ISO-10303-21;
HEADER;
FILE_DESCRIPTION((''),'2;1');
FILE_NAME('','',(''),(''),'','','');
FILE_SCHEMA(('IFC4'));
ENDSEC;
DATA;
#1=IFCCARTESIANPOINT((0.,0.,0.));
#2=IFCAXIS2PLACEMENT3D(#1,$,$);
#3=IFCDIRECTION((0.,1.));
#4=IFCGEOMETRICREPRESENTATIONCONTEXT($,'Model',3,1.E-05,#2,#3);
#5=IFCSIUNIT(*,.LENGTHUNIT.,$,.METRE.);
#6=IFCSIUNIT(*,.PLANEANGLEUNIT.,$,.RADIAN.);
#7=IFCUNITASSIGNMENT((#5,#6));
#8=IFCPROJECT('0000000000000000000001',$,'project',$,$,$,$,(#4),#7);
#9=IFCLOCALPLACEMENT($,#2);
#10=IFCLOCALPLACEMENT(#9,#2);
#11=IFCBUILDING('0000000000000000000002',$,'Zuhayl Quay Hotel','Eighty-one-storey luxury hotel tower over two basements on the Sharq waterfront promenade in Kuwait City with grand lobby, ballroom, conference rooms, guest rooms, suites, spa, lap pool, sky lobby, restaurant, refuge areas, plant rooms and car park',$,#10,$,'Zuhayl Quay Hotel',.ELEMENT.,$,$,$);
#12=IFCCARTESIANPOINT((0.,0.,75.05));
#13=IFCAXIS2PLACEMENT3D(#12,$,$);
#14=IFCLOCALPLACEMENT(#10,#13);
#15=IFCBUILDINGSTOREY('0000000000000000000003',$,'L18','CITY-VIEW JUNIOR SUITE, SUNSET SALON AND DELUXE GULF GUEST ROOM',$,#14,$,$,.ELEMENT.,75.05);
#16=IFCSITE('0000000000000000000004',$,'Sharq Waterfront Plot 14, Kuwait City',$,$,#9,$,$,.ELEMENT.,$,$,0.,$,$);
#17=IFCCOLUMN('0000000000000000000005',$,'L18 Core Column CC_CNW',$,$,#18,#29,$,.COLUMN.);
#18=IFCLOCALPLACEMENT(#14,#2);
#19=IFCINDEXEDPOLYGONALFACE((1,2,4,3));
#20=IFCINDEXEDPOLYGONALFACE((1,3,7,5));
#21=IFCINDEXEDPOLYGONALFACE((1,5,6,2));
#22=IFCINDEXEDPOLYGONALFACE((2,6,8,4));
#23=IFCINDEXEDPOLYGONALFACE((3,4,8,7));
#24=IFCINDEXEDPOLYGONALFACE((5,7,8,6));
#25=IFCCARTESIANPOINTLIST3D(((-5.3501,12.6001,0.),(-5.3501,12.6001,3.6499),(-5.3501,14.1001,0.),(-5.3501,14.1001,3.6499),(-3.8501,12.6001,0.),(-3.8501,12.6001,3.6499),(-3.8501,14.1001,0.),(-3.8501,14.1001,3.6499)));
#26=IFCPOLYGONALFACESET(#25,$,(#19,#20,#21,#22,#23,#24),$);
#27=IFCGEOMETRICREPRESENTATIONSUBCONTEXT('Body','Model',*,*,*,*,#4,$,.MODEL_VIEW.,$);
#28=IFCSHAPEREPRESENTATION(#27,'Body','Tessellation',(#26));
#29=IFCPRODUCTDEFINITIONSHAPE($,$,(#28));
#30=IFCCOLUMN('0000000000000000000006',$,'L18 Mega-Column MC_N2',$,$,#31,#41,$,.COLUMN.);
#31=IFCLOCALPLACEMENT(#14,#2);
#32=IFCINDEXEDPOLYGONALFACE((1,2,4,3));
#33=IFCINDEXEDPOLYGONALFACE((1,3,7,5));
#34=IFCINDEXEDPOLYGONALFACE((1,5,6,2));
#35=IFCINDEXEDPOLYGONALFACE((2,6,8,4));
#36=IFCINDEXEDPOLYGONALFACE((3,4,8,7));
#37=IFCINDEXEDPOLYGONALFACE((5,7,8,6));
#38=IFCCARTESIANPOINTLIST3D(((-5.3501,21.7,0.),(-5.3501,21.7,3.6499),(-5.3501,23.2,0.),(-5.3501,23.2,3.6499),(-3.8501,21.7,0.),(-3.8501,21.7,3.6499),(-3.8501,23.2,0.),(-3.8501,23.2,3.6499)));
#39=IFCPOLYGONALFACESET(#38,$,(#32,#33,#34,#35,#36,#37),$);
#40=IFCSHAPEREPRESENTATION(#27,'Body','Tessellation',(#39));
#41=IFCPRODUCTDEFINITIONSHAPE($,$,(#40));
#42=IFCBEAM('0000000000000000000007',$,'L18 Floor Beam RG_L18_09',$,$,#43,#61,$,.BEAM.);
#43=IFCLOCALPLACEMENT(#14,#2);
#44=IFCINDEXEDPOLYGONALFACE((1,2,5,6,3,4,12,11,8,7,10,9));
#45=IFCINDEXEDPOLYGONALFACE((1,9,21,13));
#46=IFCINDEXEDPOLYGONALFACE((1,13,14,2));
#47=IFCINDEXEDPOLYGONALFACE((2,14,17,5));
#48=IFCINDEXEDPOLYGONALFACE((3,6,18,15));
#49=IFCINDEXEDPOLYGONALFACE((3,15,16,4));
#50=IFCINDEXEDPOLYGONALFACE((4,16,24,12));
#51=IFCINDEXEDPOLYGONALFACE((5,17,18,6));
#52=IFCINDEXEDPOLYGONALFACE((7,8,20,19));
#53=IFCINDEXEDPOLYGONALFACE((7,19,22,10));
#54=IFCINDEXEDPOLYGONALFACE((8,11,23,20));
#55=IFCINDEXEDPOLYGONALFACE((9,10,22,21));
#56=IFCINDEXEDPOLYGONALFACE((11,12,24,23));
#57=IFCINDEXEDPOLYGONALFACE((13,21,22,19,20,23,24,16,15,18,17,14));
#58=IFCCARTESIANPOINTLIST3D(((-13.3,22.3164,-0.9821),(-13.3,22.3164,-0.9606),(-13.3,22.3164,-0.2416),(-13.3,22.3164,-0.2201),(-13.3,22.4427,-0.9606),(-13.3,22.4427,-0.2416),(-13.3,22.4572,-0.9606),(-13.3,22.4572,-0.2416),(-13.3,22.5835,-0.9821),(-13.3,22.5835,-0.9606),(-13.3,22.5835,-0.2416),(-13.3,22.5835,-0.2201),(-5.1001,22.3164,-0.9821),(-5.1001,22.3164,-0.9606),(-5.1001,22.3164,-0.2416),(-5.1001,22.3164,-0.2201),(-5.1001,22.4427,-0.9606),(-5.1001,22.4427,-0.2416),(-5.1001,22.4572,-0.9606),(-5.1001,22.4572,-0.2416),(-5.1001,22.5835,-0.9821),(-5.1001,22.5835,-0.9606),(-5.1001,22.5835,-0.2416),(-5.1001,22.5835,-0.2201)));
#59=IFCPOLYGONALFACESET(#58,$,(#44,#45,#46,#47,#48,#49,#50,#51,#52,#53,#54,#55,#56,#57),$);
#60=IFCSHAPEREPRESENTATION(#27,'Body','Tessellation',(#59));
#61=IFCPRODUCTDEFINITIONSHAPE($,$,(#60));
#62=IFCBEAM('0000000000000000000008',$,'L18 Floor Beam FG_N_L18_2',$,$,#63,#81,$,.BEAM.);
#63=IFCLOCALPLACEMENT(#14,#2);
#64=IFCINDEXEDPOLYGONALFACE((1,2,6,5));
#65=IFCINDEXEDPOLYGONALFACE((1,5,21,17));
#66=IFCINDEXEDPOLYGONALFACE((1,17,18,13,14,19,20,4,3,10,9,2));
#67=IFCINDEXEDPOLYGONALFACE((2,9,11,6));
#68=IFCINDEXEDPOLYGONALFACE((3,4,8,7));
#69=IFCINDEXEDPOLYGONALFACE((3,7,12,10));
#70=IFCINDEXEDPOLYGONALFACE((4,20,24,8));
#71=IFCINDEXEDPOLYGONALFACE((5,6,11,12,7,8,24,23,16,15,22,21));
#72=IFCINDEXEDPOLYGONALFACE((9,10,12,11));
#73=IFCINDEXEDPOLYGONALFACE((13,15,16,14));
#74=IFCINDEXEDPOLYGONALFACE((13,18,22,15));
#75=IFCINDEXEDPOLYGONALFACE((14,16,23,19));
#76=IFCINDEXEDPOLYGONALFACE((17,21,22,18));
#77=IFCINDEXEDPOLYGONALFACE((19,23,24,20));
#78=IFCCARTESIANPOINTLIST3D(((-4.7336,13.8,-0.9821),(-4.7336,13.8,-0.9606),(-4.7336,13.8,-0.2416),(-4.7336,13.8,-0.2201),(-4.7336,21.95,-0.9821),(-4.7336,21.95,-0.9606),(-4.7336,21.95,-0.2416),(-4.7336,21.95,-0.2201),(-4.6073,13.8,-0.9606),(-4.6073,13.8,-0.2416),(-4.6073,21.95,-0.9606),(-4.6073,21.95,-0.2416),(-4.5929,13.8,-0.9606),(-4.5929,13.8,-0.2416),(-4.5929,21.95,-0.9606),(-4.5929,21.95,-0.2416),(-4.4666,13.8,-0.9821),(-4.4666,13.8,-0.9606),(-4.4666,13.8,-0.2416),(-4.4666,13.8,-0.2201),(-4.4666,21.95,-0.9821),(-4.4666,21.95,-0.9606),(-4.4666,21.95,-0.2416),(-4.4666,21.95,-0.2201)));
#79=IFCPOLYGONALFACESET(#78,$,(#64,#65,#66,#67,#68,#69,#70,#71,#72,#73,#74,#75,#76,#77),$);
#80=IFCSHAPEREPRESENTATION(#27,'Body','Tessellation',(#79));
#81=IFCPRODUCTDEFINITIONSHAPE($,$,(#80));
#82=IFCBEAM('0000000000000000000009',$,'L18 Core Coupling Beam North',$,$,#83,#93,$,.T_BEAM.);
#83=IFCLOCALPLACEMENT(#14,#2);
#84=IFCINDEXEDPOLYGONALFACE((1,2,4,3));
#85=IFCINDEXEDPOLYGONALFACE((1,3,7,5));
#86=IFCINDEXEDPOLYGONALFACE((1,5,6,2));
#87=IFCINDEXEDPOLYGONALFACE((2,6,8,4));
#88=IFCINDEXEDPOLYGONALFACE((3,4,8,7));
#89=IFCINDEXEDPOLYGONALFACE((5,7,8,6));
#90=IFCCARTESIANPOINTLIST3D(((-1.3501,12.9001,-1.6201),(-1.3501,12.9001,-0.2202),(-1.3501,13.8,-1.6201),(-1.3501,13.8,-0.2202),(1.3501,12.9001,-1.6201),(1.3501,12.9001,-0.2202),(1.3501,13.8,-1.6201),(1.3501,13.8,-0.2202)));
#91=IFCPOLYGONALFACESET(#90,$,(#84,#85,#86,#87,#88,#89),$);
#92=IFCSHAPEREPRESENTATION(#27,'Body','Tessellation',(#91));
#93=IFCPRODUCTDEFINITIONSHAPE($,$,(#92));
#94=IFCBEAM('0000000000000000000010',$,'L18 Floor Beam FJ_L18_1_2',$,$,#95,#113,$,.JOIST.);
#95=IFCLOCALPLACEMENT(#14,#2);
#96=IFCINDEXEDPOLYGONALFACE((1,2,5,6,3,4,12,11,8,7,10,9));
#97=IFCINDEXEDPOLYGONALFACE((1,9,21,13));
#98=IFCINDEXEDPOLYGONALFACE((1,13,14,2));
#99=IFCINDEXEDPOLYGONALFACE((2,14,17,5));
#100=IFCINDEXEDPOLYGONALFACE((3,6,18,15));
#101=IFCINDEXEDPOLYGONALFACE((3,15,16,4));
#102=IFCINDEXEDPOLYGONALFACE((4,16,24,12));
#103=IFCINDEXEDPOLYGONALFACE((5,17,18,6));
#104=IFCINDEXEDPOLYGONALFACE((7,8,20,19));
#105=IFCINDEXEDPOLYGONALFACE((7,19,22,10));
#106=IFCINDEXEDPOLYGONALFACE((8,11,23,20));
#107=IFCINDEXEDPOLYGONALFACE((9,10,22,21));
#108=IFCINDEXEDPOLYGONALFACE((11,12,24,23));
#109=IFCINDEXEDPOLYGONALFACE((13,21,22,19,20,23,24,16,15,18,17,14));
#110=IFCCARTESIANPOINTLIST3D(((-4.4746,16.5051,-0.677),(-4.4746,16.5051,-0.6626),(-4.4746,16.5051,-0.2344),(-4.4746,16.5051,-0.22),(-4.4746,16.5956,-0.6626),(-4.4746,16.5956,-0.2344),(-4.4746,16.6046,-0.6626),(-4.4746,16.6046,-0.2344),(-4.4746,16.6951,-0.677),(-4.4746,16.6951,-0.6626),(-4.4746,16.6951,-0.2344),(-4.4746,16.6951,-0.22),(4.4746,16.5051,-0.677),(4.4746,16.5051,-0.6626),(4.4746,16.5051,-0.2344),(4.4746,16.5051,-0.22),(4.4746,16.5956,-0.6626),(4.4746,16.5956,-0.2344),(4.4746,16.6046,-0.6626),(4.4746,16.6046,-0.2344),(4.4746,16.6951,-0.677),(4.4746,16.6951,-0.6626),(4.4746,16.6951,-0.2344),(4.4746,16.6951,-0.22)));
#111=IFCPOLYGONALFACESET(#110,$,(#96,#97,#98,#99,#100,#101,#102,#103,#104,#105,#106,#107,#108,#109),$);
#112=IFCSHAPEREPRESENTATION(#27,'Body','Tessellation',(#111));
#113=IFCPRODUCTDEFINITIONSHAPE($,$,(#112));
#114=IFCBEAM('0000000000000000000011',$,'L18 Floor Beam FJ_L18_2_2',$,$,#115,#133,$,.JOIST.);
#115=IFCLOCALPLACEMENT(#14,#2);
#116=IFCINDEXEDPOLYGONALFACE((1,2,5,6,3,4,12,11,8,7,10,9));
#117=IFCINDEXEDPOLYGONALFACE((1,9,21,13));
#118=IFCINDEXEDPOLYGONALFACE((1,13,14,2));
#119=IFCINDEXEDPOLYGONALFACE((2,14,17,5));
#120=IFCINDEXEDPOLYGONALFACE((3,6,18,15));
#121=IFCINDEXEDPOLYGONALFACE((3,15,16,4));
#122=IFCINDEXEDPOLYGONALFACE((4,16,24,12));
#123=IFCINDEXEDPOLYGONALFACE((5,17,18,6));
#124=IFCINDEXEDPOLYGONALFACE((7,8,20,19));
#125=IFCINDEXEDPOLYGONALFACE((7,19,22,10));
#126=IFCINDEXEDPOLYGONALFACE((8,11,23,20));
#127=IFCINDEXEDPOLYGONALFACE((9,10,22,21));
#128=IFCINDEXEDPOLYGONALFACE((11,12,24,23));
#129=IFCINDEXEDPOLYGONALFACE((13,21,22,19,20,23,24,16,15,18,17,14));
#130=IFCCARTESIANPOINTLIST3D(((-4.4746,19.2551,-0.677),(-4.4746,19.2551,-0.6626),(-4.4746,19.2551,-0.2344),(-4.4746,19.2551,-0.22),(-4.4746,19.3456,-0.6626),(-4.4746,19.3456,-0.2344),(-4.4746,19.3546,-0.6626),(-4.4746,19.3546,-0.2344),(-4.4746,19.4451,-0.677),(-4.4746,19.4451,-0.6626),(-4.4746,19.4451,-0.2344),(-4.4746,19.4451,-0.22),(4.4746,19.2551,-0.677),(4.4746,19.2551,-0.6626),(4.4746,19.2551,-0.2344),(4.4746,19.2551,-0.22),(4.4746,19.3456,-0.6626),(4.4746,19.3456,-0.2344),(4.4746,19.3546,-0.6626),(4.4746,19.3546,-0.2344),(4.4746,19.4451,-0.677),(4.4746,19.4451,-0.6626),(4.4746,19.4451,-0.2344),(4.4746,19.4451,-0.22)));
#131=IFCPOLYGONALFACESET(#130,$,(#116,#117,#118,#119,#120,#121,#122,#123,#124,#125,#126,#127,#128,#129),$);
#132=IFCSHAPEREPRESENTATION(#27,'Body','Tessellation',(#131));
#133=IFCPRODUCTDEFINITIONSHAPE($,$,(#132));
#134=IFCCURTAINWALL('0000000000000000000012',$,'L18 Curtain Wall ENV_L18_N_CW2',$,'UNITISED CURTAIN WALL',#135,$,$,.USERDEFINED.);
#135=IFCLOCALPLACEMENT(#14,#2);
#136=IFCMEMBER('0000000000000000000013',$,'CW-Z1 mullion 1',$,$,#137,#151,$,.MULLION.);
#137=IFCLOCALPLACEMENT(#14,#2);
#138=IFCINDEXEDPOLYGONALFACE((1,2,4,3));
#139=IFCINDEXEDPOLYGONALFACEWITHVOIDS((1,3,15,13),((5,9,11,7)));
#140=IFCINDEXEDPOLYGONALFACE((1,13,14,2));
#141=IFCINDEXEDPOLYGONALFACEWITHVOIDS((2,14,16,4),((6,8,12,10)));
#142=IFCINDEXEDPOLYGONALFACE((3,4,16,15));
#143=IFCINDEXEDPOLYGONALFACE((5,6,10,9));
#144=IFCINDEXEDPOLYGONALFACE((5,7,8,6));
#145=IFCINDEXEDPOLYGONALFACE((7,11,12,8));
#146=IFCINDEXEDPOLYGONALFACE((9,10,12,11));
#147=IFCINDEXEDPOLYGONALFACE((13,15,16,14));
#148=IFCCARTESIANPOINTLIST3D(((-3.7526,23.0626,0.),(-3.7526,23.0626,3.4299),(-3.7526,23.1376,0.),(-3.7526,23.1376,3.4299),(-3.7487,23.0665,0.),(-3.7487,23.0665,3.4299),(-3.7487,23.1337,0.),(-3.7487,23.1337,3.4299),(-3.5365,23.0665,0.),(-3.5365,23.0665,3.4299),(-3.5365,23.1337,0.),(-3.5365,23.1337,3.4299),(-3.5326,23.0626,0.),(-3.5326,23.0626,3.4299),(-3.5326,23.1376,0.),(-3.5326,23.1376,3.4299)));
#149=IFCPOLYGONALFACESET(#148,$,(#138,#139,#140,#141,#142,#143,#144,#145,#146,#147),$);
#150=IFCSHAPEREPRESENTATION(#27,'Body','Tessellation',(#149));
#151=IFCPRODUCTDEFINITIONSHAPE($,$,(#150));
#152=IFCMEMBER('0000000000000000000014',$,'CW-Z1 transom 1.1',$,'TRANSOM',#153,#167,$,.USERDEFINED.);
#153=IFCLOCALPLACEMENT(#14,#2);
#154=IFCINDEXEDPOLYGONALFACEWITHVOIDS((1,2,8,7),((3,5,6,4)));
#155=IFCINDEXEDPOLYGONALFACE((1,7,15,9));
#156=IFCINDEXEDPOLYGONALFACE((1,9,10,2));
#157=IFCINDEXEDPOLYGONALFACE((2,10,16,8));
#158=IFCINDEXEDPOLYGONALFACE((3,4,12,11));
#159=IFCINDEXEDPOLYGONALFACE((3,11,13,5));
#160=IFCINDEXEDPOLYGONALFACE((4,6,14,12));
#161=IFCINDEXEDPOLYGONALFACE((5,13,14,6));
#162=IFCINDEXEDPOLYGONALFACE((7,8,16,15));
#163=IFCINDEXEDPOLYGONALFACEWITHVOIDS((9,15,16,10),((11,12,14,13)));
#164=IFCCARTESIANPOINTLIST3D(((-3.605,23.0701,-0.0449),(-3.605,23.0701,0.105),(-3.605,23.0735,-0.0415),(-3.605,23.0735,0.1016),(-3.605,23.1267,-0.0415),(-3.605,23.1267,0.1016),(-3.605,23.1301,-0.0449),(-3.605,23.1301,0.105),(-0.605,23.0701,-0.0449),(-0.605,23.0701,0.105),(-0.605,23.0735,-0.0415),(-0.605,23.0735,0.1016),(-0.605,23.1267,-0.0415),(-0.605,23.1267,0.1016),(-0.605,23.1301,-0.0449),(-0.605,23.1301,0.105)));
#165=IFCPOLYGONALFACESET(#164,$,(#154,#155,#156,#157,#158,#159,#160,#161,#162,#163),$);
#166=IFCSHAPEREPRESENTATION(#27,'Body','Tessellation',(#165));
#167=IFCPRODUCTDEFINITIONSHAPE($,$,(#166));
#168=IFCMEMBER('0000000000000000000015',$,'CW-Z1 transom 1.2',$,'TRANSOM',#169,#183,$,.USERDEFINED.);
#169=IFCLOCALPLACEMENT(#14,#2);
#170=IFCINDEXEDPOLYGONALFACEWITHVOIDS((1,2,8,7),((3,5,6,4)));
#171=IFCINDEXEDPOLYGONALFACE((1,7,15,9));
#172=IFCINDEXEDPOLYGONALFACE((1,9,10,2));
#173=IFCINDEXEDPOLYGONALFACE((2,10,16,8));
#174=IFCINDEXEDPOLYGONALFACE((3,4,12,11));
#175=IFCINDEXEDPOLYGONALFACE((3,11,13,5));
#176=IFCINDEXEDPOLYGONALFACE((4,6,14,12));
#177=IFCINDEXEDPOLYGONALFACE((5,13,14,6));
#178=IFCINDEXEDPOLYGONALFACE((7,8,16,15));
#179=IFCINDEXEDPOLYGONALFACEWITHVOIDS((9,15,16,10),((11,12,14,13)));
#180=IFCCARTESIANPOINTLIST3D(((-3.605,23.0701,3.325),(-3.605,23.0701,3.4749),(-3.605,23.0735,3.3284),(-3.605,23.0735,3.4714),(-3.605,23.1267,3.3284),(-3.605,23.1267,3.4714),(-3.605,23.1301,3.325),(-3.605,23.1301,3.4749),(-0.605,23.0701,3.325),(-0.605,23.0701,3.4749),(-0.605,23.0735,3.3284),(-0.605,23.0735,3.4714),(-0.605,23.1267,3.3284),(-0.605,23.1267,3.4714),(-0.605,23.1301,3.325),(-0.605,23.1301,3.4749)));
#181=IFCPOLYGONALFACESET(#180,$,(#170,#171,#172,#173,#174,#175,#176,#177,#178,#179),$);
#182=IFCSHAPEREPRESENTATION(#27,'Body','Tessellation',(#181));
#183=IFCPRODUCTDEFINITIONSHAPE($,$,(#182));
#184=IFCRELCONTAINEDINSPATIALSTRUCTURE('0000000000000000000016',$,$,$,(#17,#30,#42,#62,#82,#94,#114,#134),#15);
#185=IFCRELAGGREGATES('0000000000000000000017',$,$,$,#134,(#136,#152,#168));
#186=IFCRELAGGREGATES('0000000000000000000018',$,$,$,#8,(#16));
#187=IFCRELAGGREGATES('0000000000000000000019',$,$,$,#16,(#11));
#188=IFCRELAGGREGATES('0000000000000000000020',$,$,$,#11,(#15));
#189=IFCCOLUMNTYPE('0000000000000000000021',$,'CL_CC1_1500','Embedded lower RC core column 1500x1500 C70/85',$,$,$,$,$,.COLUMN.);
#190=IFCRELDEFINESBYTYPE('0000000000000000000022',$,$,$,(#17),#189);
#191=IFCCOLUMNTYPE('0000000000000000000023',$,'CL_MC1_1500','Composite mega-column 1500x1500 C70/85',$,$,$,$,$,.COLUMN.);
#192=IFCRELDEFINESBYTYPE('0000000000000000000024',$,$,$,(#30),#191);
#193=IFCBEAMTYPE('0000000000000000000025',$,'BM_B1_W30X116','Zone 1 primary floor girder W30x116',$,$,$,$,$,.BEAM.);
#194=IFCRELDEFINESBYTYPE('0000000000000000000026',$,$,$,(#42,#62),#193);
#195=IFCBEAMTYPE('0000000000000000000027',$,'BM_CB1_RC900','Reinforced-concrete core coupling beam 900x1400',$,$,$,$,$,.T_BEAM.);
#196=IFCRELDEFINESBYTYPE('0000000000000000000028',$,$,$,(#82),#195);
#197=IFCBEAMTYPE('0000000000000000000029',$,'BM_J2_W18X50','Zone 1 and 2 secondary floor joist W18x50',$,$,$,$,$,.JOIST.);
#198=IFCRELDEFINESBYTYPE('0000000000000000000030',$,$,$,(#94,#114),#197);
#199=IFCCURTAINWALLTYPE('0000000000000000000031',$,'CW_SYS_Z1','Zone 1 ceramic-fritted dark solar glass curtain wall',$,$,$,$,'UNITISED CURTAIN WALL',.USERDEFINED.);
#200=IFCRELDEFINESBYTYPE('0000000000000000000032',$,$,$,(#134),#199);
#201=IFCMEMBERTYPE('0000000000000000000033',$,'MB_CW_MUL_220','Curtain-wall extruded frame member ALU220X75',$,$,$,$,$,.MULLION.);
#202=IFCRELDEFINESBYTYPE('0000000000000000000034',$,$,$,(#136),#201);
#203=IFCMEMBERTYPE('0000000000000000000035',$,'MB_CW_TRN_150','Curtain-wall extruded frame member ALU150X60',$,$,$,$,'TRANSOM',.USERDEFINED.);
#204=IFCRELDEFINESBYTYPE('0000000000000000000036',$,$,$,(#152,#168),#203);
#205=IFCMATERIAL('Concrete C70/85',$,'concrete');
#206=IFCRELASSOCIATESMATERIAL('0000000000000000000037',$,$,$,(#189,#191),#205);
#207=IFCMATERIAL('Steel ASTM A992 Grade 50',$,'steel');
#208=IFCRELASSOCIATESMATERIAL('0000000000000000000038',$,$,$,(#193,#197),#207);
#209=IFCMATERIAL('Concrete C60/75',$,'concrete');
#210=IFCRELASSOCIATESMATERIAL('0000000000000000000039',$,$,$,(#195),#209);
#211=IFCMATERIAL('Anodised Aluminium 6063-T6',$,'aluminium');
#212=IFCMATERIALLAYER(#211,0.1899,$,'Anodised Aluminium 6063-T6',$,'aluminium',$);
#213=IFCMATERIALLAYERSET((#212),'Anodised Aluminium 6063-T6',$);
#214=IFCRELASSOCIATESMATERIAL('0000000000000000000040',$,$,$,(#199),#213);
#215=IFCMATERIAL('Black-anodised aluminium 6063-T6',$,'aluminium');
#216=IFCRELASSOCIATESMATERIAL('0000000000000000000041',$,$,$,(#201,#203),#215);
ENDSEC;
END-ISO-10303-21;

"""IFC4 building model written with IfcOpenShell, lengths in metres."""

from ifc_helpers import new_model, si_unit, direction, frame, origin, origin_2d, place, context, subcontext, project, spatial, rectangle, hollow_rectangle, i_section, extrude, material, layer, layer_set, material_profile, profile_set, type_object, element, aggregate, save


model = new_model("IFC4")

# Units and contexts
model_context = context("Model", 3, precision=1e-05, world=origin(), true_north=direction((0.0, 1.0)))
body_context = subcontext(model_context, "Body", "Model", "MODEL_VIEW")
ifc_project = project(units=[si_unit("LENGTHUNIT", "METRE"), si_unit("PLANEANGLEUNIT", "RADIAN")], contexts=[model_context])

# Site, building, storey
site_placement = place(None, origin())
site = spatial("IfcSite", under=ifc_project, at=site_placement, Name="Sharq Waterfront Plot 14, Kuwait City", CompositionType="ELEMENT", RefElevation=0.0)
building_placement = place(site_placement, origin())
building = spatial("IfcBuilding", under=site, at=building_placement, Name="Zuhayl Quay Hotel", Description="Eighty-one-storey luxury hotel tower over two basements on the Sharq waterfront promenade in Kuwait City with grand lobby, ballroom, conference rooms, guest rooms, suites, spa, lap pool, sky lobby, restaurant, refuge areas, plant rooms and car park", LongName="Zuhayl Quay Hotel", CompositionType="ELEMENT")
storey_placement = place(building_placement, frame((0.0, 0.0, 75.05)))
storey = spatial("IfcBuildingStorey", under=building, at=storey_placement, Name="L18", Description="CITY-VIEW JUNIOR SUITE, SUNSET SALON AND DELUXE GULF GUEST ROOM", CompositionType="ELEMENT", Elevation=75.05)

# Columns
ifc_material_1 = material(Name="Concrete C70/85", Category="concrete")
ifc_material_profile_1 = material_profile(ifc_material_1, rectangle(XDim=1.5, YDim=1.5, at=origin_2d()), Name="RC1500X1500")
ifc_profile_set_1 = profile_set([ifc_material_profile_1], Name="Concrete C70/85")
column_type_1 = type_object("IfcColumnType", Name="CL_CC1_1500", Description="Embedded lower RC core column 1500x1500 C70/85", PredefinedType="COLUMN", material=ifc_profile_set_1)
column_1_placement = place(storey_placement, frame((-4.6001, 13.3501, 0.0), z_axis=(0.0, 0.0, 1.0), x_axis=(1.0, 0.0, 0.0)))
element("IfcColumn", 1, at=column_1_placement, inside=storey, type_object=column_type_1, Name="L18 Core Column CC_CNW", PredefinedType="COLUMN", context=body_context, shape_type="SweptSolid", body=[
    extrude(rectangle(XDim=1.5, YDim=1.5, at=origin_2d()), origin(), (0.0, 0.0, 1.0), 3.6499),
])
ifc_material_profile_2 = material_profile(ifc_material_1, rectangle(XDim=1.5, YDim=1.5, at=origin_2d()), Name="RC1500X1500")
ifc_profile_set_2 = profile_set([ifc_material_profile_2], Name="Concrete C70/85")
column_type_2 = type_object("IfcColumnType", Name="CL_MC1_1500", Description="Composite mega-column 1500x1500 C70/85", PredefinedType="COLUMN", material=ifc_profile_set_2)
column_2_placement = place(storey_placement, frame((-4.6001, 22.45, 0.0), z_axis=(0.0, 0.0, 1.0), x_axis=(1.0, 0.0, 0.0)))
element("IfcColumn", 2, at=column_2_placement, inside=storey, type_object=column_type_2, Name="L18 Mega-Column MC_N2", PredefinedType="COLUMN", context=body_context, shape_type="SweptSolid", body=[
    extrude(rectangle(XDim=1.5, YDim=1.5, at=origin_2d()), origin(), (0.0, 0.0, 1.0), 3.6499),
])

# Beams
ifc_material_2 = material(Name="Steel ASTM A992 Grade 50", Category="steel")
ifc_material_profile_3 = material_profile(ifc_material_2, i_section(OverallWidth=0.2671, OverallDepth=0.762, WebThickness=0.0144, FlangeThickness=0.0215, at=origin_2d()), Name="W30X116")
ifc_profile_set_3 = profile_set([ifc_material_profile_3], Name="Steel ASTM A992 Grade 50")
beam_type_1 = type_object("IfcBeamType", Name="BM_B1_W30X116", Description="Zone 1 primary floor girder W30x116", PredefinedType="BEAM", material=ifc_profile_set_3)
beam_1_placement = place(storey_placement, frame((-5.1001, 22.45, -0.6011), z_axis=(-1.0, 0.0, 0.0), x_axis=(0.0, -1.0, 0.0)))
element("IfcBeam", 3, at=beam_1_placement, inside=storey, type_object=beam_type_1, Name="L18 Floor Beam RG_L18_09", PredefinedType="BEAM", context=body_context, shape_type="SweptSolid", body=[
    extrude(i_section(OverallWidth=0.2671, OverallDepth=0.762, WebThickness=0.0144, FlangeThickness=0.0215, at=origin_2d()), origin(), (0.0, 0.0, 1.0), 8.2),
])
beam_2_placement = place(storey_placement, frame((-4.6001, 13.8, -0.6011), z_axis=(0.0, 1.0, 0.0), x_axis=(-1.0, 0.0, 0.0)))
element("IfcBeam", 4, at=beam_2_placement, inside=storey, type_object=beam_type_1, Name="L18 Floor Beam FG_N_L18_2", PredefinedType="BEAM", context=body_context, shape_type="SweptSolid", body=[
    extrude(i_section(OverallWidth=0.2671, OverallDepth=0.762, WebThickness=0.0144, FlangeThickness=0.0215, at=origin_2d()), origin(), (0.0, 0.0, 1.0), 8.1499),
])
ifc_material_3 = material(Name="Concrete C60/75", Category="concrete")
ifc_material_profile_4 = material_profile(ifc_material_3, rectangle(XDim=0.8999, YDim=1.3999, at=origin_2d()), Name="RC900X1400")
ifc_profile_set_4 = profile_set([ifc_material_profile_4], Name="Concrete C60/75")
beam_type_2 = type_object("IfcBeamType", Name="BM_CB1_RC900", Description="Reinforced-concrete core coupling beam 900x1400", PredefinedType="T_BEAM", material=ifc_profile_set_4)
beam_3_placement = place(storey_placement, frame((-1.3501, 13.3501, -0.9202), z_axis=(1.0, 0.0, 0.0), x_axis=(0.0, 1.0, 0.0)))
element("IfcBeam", 5, at=beam_3_placement, inside=storey, type_object=beam_type_2, Name="L18 Core Coupling Beam North", PredefinedType="T_BEAM", context=body_context, shape_type="SweptSolid", body=[
    extrude(rectangle(XDim=0.8999, YDim=1.3999, at=origin_2d()), origin(), (0.0, 0.0, 1.0), 2.7002),
])
ifc_material_profile_5 = material_profile(ifc_material_2, i_section(OverallWidth=0.1899, OverallDepth=0.457, WebThickness=0.009, FlangeThickness=0.0144, at=origin_2d()), Name="W18X50")
ifc_profile_set_5 = profile_set([ifc_material_profile_5], Name="Steel ASTM A992 Grade 50")
beam_type_3 = type_object("IfcBeamType", Name="BM_J2_W18X50", Description="Zone 1 and 2 secondary floor joist W18x50", PredefinedType="JOIST", material=ifc_profile_set_5)
for number, where, z_axis, x_axis, name in (
    (6, (-4.4746, 16.6001, -0.4485), (1.0, 0.0, 0.0), (0.0, 1.0, 0.0), "L18 Floor Beam FJ_L18_1_2"),
    (7, (-4.4746, 19.3501, -0.4485), (1.0, 0.0, 0.0), (0.0, 1.0, 0.0), "L18 Floor Beam FJ_L18_2_2"),
):
    element("IfcBeam", number, at=place(storey_placement, frame(where, z_axis=z_axis, x_axis=x_axis)), inside=storey, type_object=beam_type_3, Name=name, PredefinedType="JOIST", context=body_context, shape_type="SweptSolid", body=[
        extrude(i_section(OverallWidth=0.1899, OverallDepth=0.457, WebThickness=0.009, FlangeThickness=0.0144, at=origin_2d()), origin(), (0.0, 0.0, 1.0), 8.9492),
    ])

# Curtain wall, members
ifc_material_4 = material(Name="Anodised Aluminium 6063-T6", Category="aluminium")
ifc_layer_1 = layer(ifc_material_4, 0.1899, Name="Anodised Aluminium 6063-T6", Category="aluminium")
ifc_layer_set_1 = layer_set([ifc_layer_1], Name="Anodised Aluminium 6063-T6")
curtain_wall_type = type_object("IfcCurtainWallType", Name="CW_SYS_Z1", Description="Zone 1 ceramic-fritted dark solar glass curtain wall", ElementType="UNITISED CURTAIN WALL", PredefinedType="USERDEFINED", material=ifc_layer_set_1)
curtain_wall_placement = place(storey_placement, origin())
curtain_wall = element("IfcCurtainWall", 8, at=curtain_wall_placement, inside=storey, type_object=curtain_wall_type, Name="L18 Curtain Wall ENV_L18_N_CW2", ObjectType="UNITISED CURTAIN WALL", PredefinedType="USERDEFINED")
ifc_material_5 = material(Name="Black-anodised aluminium 6063-T6", Category="aluminium")
ifc_material_profile_6 = material_profile(ifc_material_5, hollow_rectangle(XDim=0.075, YDim=0.22, WallThickness=0.0039, at=origin_2d()), Name="ALU220X75")
ifc_profile_set_6 = profile_set([ifc_material_profile_6], Name="Black-anodised aluminium 6063-T6")
member_type_1 = type_object("IfcMemberType", Name="MB_CW_MUL_220", Description="Curtain-wall extruded frame member ALU220X75", PredefinedType="MULLION", material=ifc_profile_set_6)
member_1_placement = place(storey_placement, frame((-3.6426, 23.1001, 0.0), z_axis=(0.0, 0.0, 1.0), x_axis=(0.0, 1.0, 0.0)))
member_1 = element("IfcMember", 9, at=member_1_placement, type_object=member_type_1, Name="CW-Z1 mullion 1", PredefinedType="MULLION", context=body_context, shape_type="SweptSolid", body=[
    extrude(hollow_rectangle(XDim=0.075, YDim=0.22, WallThickness=0.0039, at=origin_2d()), origin(), (0.0, 0.0, 1.0), 3.4299),
])
ifc_material_profile_7 = material_profile(ifc_material_5, hollow_rectangle(XDim=0.0601, YDim=0.1499, WallThickness=0.0034, at=origin_2d()), Name="ALU150X60")
ifc_profile_set_7 = profile_set([ifc_material_profile_7], Name="Black-anodised aluminium 6063-T6")
member_type_2 = type_object("IfcMemberType", Name="MB_CW_TRN_150", Description="Curtain-wall extruded frame member ALU150X60", ElementType="TRANSOM", PredefinedType="USERDEFINED", material=ifc_profile_set_7)
member_2_placement = place(storey_placement, frame((-3.605, 23.1001, 0.03), z_axis=(1.0, 0.0, 0.0), x_axis=(0.0, 1.0, 0.0)))
member_2 = element("IfcMember", 10, at=member_2_placement, type_object=member_type_2, Name="CW-Z1 transom 1.1", ObjectType="TRANSOM", PredefinedType="USERDEFINED", context=body_context, shape_type="SweptSolid", body=[
    extrude(hollow_rectangle(XDim=0.0601, YDim=0.1499, WallThickness=0.0034, at=origin_2d()), origin(), (0.0, 0.0, 1.0), 3.0),
])
member_3_placement = place(storey_placement, frame((-3.605, 23.1001, 3.3999), z_axis=(1.0, 0.0, 0.0), x_axis=(0.0, 1.0, 0.0)))
member_3 = element("IfcMember", 11, at=member_3_placement, type_object=member_type_2, Name="CW-Z1 transom 1.2", ObjectType="TRANSOM", PredefinedType="USERDEFINED", context=body_context, shape_type="SweptSolid", body=[
    extrude(hollow_rectangle(XDim=0.0601, YDim=0.1499, WallThickness=0.0034, at=origin_2d()), origin(), (0.0, 0.0, 1.0), 3.0),
])
aggregate(curtain_wall, [member_1, member_2, member_3])

save(model, "model.ifc")
